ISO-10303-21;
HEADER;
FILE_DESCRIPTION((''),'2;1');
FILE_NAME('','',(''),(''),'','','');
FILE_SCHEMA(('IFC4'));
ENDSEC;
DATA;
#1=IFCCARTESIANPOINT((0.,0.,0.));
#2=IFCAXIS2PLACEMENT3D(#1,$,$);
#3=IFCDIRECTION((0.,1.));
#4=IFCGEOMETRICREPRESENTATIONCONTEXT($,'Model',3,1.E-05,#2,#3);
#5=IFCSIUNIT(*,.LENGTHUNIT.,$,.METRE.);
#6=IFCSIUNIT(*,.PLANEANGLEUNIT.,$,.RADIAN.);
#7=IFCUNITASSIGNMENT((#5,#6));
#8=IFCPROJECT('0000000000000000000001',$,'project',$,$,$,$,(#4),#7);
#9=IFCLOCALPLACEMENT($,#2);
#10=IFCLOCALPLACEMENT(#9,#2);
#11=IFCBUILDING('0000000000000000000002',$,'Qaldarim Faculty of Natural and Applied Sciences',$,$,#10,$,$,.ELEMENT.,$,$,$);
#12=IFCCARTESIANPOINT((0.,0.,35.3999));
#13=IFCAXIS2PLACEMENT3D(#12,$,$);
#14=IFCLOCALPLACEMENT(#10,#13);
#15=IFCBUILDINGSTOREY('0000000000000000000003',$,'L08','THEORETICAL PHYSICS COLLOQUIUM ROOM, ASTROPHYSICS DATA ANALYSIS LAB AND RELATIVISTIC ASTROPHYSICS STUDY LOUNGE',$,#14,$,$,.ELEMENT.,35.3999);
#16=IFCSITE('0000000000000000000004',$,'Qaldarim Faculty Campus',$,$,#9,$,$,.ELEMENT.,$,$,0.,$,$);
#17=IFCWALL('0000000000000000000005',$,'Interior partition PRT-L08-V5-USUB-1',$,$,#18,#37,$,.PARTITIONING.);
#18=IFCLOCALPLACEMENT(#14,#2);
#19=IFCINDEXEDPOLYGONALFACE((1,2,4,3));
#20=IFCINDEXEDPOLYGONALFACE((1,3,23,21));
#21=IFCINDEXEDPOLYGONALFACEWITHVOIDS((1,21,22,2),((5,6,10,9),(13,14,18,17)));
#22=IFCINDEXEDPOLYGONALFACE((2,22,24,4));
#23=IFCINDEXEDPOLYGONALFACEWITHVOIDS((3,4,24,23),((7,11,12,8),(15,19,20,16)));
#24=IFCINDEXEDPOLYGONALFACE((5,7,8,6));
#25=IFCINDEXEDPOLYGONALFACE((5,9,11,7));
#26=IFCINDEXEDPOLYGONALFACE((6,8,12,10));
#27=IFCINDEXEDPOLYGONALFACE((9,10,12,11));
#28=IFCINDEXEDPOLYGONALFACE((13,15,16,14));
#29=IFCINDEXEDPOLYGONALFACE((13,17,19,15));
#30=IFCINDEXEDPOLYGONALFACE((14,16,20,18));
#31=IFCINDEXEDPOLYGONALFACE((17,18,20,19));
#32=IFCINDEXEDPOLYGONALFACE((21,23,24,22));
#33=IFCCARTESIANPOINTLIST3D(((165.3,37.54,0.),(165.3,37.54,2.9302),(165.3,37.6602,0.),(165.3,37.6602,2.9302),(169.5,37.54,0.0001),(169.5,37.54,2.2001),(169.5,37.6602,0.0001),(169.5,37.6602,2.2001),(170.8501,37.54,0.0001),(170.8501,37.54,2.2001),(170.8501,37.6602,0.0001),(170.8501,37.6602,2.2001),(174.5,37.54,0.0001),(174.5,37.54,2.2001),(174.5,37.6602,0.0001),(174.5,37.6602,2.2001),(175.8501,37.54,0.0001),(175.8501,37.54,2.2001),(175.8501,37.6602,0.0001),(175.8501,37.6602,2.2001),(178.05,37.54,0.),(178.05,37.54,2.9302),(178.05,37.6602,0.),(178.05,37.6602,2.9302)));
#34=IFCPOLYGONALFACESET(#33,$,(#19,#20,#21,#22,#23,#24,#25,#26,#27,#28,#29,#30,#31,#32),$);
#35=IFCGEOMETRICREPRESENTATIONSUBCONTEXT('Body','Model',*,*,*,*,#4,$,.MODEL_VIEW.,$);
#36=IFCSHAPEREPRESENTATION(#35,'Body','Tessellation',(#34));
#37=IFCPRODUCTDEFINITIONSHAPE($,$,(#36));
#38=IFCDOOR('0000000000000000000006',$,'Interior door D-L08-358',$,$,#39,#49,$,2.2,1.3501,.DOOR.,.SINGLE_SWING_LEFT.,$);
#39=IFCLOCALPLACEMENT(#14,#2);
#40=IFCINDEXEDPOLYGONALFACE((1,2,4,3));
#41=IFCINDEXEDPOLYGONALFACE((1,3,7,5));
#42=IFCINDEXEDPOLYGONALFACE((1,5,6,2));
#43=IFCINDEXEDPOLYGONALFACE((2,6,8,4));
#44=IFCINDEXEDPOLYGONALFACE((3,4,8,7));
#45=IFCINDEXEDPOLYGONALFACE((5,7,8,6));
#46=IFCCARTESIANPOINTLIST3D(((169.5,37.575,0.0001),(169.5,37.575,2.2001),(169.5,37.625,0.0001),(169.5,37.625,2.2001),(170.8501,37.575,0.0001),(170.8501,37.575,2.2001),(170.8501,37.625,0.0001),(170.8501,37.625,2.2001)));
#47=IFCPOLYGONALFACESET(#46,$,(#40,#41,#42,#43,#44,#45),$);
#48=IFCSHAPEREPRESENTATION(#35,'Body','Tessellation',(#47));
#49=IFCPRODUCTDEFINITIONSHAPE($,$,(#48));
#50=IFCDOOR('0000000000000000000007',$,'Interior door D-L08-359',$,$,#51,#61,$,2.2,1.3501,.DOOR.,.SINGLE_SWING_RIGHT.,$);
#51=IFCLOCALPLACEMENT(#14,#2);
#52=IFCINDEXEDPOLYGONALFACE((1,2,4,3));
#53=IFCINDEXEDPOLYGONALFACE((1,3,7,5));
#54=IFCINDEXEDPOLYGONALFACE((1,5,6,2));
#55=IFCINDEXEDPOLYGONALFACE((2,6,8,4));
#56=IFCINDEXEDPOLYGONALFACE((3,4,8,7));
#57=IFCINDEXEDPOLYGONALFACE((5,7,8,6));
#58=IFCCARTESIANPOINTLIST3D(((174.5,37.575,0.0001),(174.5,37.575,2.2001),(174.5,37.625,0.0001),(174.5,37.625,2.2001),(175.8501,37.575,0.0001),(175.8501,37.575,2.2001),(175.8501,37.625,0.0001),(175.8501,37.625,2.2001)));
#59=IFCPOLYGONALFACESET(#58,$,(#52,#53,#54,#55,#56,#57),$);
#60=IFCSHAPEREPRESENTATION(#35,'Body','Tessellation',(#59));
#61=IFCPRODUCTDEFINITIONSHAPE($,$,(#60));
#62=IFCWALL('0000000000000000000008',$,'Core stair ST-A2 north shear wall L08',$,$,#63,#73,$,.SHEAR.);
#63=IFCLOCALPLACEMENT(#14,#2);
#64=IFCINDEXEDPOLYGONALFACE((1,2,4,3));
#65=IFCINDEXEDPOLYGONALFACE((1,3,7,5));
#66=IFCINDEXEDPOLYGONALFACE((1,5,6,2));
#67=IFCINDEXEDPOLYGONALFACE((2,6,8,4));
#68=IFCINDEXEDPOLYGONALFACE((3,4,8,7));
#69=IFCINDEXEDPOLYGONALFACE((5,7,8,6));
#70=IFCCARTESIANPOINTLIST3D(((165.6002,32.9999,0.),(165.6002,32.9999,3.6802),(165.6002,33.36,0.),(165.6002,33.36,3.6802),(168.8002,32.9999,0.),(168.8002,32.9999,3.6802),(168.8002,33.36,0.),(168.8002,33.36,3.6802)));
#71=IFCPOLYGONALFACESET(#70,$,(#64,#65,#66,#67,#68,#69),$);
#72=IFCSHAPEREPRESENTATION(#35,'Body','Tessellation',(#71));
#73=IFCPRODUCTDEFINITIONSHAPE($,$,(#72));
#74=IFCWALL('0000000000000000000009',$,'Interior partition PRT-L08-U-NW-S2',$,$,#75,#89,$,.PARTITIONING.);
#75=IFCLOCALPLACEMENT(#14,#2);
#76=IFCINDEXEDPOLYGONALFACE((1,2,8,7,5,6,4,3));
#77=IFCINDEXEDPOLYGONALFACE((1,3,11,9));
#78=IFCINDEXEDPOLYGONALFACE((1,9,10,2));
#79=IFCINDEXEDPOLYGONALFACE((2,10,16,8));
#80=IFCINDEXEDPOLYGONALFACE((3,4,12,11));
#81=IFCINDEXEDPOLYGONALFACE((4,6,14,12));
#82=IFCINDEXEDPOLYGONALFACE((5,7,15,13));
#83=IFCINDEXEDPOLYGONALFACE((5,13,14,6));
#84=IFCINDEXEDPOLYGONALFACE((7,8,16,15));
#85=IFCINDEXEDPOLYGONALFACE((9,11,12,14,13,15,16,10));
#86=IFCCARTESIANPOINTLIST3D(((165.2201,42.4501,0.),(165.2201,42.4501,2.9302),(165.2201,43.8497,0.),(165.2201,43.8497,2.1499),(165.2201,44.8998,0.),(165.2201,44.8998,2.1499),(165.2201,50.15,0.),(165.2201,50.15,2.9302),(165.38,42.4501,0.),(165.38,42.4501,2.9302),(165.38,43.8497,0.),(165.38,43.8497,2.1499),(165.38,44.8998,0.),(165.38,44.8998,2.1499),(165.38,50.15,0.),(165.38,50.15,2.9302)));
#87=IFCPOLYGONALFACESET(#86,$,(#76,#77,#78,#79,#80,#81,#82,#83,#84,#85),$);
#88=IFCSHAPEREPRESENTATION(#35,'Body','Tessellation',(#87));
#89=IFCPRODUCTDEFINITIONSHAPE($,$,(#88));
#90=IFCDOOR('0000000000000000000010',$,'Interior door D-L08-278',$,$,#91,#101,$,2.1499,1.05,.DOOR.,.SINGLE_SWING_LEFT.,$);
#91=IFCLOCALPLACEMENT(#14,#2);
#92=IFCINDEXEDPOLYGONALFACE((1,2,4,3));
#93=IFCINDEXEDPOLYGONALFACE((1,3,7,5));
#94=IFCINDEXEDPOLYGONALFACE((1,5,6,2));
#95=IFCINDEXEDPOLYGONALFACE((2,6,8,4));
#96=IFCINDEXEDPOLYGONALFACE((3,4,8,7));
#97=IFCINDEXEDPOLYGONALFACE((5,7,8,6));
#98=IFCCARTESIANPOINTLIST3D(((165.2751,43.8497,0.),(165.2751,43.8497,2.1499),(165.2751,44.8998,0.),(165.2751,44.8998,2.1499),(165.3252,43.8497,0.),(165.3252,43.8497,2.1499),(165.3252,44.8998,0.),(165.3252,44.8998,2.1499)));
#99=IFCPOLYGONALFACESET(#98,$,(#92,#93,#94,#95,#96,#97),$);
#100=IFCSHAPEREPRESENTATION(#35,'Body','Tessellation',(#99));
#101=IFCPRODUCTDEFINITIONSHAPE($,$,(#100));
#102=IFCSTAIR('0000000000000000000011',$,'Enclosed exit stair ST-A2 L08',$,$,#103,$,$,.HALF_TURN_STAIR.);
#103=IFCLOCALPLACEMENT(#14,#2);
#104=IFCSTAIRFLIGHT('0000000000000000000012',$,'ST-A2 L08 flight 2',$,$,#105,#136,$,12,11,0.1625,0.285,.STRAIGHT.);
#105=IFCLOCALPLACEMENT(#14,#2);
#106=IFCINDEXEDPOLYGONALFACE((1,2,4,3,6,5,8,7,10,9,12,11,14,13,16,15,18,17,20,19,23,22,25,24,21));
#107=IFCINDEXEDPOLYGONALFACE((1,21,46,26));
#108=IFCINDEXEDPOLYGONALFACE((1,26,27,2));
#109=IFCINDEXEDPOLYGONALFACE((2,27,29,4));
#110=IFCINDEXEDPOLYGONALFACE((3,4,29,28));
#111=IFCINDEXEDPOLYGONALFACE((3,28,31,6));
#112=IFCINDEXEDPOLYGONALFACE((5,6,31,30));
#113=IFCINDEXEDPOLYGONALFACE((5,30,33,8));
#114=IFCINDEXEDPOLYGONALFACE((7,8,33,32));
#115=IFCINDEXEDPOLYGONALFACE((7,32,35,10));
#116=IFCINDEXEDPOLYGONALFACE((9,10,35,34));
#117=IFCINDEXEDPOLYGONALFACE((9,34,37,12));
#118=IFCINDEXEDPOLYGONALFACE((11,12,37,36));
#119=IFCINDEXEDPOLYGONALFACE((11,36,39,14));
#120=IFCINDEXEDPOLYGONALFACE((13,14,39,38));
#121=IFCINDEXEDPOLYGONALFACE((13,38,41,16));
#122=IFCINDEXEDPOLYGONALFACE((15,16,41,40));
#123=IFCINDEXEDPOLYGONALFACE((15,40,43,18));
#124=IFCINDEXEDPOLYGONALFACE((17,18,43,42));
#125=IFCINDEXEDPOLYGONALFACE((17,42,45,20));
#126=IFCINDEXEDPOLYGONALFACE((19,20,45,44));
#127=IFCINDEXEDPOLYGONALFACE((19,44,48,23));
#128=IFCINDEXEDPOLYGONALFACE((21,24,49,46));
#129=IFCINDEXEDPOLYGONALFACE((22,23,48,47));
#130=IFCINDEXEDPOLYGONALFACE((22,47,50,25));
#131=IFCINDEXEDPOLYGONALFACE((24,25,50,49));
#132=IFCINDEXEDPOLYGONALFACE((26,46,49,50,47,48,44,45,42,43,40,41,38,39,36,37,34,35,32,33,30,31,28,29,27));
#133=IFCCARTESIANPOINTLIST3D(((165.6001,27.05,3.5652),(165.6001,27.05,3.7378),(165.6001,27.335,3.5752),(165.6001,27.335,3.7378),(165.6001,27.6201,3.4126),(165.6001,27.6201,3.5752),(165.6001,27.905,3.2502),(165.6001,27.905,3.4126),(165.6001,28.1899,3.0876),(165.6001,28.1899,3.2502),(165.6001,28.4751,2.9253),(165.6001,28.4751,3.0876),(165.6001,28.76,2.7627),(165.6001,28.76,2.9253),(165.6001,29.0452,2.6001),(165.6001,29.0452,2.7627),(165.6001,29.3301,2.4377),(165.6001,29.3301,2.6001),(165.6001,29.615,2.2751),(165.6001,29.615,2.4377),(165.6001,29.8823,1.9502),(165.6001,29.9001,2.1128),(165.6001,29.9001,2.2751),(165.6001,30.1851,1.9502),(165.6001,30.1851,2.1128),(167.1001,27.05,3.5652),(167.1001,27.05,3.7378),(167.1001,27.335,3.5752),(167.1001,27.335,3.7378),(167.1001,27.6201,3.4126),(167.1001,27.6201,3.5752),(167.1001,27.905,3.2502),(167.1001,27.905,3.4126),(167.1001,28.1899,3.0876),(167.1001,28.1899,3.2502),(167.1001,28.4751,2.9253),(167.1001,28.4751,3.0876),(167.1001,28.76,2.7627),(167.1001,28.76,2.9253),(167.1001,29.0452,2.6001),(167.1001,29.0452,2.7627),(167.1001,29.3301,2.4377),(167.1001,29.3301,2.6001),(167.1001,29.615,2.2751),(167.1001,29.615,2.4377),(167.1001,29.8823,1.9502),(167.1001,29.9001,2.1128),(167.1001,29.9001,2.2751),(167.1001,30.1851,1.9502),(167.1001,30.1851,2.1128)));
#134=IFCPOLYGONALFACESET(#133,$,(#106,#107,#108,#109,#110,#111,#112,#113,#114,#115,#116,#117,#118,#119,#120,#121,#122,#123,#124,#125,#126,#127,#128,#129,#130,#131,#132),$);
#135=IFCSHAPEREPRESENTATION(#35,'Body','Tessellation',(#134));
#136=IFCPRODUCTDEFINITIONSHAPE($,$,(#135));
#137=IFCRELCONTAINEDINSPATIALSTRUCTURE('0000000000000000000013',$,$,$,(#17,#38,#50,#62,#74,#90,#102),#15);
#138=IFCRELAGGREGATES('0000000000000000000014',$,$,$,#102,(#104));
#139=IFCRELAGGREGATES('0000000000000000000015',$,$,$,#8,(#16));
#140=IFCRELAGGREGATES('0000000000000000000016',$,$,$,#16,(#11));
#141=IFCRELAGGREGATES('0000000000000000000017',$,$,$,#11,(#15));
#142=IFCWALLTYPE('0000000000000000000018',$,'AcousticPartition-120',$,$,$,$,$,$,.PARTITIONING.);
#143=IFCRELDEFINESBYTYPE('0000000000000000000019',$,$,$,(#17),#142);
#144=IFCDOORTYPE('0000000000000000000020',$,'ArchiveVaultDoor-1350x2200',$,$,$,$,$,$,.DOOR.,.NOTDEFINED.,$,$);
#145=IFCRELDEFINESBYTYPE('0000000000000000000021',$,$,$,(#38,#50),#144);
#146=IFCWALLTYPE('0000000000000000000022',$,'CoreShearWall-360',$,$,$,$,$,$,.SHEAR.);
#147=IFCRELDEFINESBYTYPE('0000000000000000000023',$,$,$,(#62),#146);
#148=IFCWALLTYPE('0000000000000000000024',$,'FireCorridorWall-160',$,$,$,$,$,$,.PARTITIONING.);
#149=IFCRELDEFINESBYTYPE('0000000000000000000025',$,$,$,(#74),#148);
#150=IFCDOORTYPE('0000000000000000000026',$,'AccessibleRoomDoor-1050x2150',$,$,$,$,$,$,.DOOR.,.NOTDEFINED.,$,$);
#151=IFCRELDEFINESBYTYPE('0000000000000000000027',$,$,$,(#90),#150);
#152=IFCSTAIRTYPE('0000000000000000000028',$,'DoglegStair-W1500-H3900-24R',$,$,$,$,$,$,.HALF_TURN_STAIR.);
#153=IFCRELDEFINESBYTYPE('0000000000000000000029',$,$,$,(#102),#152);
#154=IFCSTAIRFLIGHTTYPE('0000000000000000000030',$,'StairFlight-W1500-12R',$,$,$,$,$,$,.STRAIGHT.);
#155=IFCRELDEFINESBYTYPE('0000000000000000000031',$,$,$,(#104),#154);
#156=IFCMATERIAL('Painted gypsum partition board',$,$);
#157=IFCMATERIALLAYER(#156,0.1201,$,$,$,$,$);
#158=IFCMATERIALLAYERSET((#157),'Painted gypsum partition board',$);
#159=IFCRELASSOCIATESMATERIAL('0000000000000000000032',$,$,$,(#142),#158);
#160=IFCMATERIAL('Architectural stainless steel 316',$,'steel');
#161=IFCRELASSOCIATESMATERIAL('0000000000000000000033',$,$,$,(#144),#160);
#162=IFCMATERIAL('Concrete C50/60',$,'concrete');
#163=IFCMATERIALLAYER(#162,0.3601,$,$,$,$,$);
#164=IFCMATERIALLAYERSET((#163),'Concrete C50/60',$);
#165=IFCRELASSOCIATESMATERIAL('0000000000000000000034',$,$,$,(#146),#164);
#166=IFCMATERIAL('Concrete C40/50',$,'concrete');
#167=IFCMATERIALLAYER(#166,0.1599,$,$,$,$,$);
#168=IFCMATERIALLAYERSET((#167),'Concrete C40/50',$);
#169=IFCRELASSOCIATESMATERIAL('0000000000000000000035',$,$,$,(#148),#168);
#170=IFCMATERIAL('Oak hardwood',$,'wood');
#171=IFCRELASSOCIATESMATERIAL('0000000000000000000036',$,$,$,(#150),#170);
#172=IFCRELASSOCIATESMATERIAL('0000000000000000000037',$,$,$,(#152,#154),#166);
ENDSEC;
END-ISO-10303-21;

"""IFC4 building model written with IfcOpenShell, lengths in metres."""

from ifc_helpers import new_model, si_unit, direction, frame, frame_2d, origin, place, context, subcontext, project, spatial, polyline, rectangle, outline, extrude, material, layer, layer_set, type_object, element, fill, aggregate, save


model = new_model("IFC4")

# Units and contexts
model_context = context("Model", 3, precision=1e-05, world=origin(), true_north=direction((0.0, 1.0)))
body_context = subcontext(model_context, "Body", "Model", "MODEL_VIEW")
ifc_project = project(units=[si_unit("LENGTHUNIT", "METRE"), si_unit("PLANEANGLEUNIT", "RADIAN")], contexts=[model_context])

# Site, building, storey
site_placement = place(None, origin())
site = spatial("IfcSite", under=ifc_project, at=site_placement, Name="Qaldarim Faculty Campus", CompositionType="ELEMENT", RefElevation=0.0)
building_placement = place(site_placement, origin())
building = spatial("IfcBuilding", under=site, at=building_placement, Name="Qaldarim Faculty of Natural and Applied Sciences", CompositionType="ELEMENT")
storey_placement = place(building_placement, frame((0.0, 0.0, 35.3999)))
storey = spatial("IfcBuildingStorey", under=building, at=storey_placement, Name="L08", Description="THEORETICAL PHYSICS COLLOQUIUM ROOM, ASTROPHYSICS DATA ANALYSIS LAB AND RELATIVISTIC ASTROPHYSICS STUDY LOUNGE", CompositionType="ELEMENT", Elevation=35.3999)

# Shared definitions
ifc_material_1 = material(Name="Concrete C50/60", Category="concrete")

# Shared definitions
ifc_material_2 = material(Name="Concrete C40/50", Category="concrete")

# Wall, openings, doors
ifc_material_3 = material(Name="Painted gypsum partition board")
ifc_layer_1 = layer(ifc_material_3, 0.1201)
ifc_layer_set_1 = layer_set([ifc_layer_1], Name="Painted gypsum partition board")
wall_type_1 = type_object("IfcWallType", Name="AcousticPartition-120", PredefinedType="PARTITIONING", material=ifc_layer_set_1)
wall_1_placement = place(storey_placement, frame((165.3, 37.6001, 0.0), z_axis=(0.0, 0.0, 1.0), x_axis=(1.0, 0.0, 0.0)))
wall_1 = element("IfcWall", 1, at=wall_1_placement, inside=storey, type_object=wall_type_1, Name="Interior partition PRT-L08-V5-USUB-1", PredefinedType="PARTITIONING", context=body_context, shape_type="SweptSolid", body=[
    extrude(rectangle(XDim=12.75, YDim=0.1201, at=frame_2d((6.375, 0.0))), origin(), (0.0, 0.0, 1.0), 2.9302),
])
opening_1_placement = place(wall_1_placement, frame((4.2, 0.0, 0.0)))
opening_1 = element("IfcOpeningElement", 2, at=opening_1_placement, cuts=wall_1, PredefinedType="OPENING", context=body_context, shape_type="SweptSolid", body=[
    extrude(rectangle(XDim=1.3501, YDim=2.2, at=frame_2d((0.675, 1.1001))), frame((0.0, 0.0701, 0.0), z_axis=(0.0, -1.0, 0.0), x_axis=(1.0, 0.0, 0.0)), (0.0, 0.0, 1.0), 0.1401),
])
opening_2_placement = place(wall_1_placement, frame((9.2, 0.0, 0.0)))
opening_2 = element("IfcOpeningElement", 3, at=opening_2_placement, cuts=wall_1, PredefinedType="OPENING", context=body_context, shape_type="SweptSolid", body=[
    extrude(rectangle(XDim=1.3501, YDim=2.2, at=frame_2d((0.675, 1.1001))), frame((0.0, 0.0701, 0.0), z_axis=(0.0, -1.0, 0.0), x_axis=(1.0, 0.0, 0.0)), (0.0, 0.0, 1.0), 0.1401),
])
ifc_material_4 = material(Name="Architectural stainless steel 316", Category="steel")
door_type_1 = type_object("IfcDoorType", Name="ArchiveVaultDoor-1350x2200", OperationType="NOTDEFINED", PredefinedType="DOOR", material=ifc_material_4)
door_1_placement = place(opening_1_placement, origin())
door_1 = element("IfcDoor", 4, at=door_1_placement, inside=storey, type_object=door_type_1, Name="Interior door D-L08-358", OperationType="SINGLE_SWING_LEFT", OverallHeight=2.2, OverallWidth=1.3501, PredefinedType="DOOR", context=body_context, shape_type="SweptSolid", body=[
    extrude(rectangle(XDim=1.3501, YDim=2.2, at=frame_2d((0.675, 1.1001))), frame((0.0, 0.0249, 0.0), z_axis=(0.0, -1.0, 0.0), x_axis=(1.0, 0.0, 0.0)), (0.0, 0.0, 1.0), 0.05),
])
fill(opening_1, door_1)
door_2_placement = place(opening_2_placement, origin())
door_2 = element("IfcDoor", 5, at=door_2_placement, inside=storey, type_object=door_type_1, Name="Interior door D-L08-359", OperationType="SINGLE_SWING_RIGHT", OverallHeight=2.2, OverallWidth=1.3501, PredefinedType="DOOR", context=body_context, shape_type="SweptSolid", body=[
    extrude(rectangle(XDim=1.3501, YDim=2.2, at=frame_2d((0.675, 1.1001))), frame((0.0, 0.0249, 0.0), z_axis=(0.0, -1.0, 0.0), x_axis=(1.0, 0.0, 0.0)), (0.0, 0.0, 1.0), 0.05),
])
fill(opening_2, door_2)

# Wall
ifc_layer_2 = layer(ifc_material_1, 0.3601)
ifc_layer_set_2 = layer_set([ifc_layer_2], Name="Concrete C50/60")
wall_type_2 = type_object("IfcWallType", Name="CoreShearWall-360", PredefinedType="SHEAR", material=ifc_layer_set_2)
wall_2_placement = place(storey_placement, frame((165.6001, 33.1799, 0.0), z_axis=(0.0, 0.0, 1.0), x_axis=(1.0, 0.0, 0.0)))
element("IfcWall", 6, at=wall_2_placement, inside=storey, type_object=wall_type_2, Name="Core stair ST-A2 north shear wall L08", PredefinedType="SHEAR", context=body_context, shape_type="SweptSolid", body=[
    extrude(rectangle(XDim=3.2, YDim=0.3601, at=frame_2d((1.6001, 0.0))), origin(), (0.0, 0.0, 1.0), 3.6802),
])

# Shared definitions
ifc_layer_3 = layer(ifc_material_2, 0.1599)
ifc_layer_set_3 = layer_set([ifc_layer_3], Name="Concrete C40/50")
wall_type_3 = type_object("IfcWallType", Name="FireCorridorWall-160", PredefinedType="PARTITIONING", material=ifc_layer_set_3)
ifc_material_5 = material(Name="Oak hardwood", Category="wood")
door_type_2 = type_object("IfcDoorType", Name="AccessibleRoomDoor-1050x2150", OperationType="NOTDEFINED", PredefinedType="DOOR", material=ifc_material_5)

# Wall, opening, door
wall_3_placement = place(storey_placement, frame((165.3, 42.45, 0.0), z_axis=(0.0, 0.0, 1.0), x_axis=(0.0, 1.0, 0.0)))
wall_3 = element("IfcWall", 7, at=wall_3_placement, inside=storey, type_object=wall_type_3, Name="Interior partition PRT-L08-U-NW-S2", PredefinedType="PARTITIONING", context=body_context, shape_type="SweptSolid", body=[
    extrude(rectangle(XDim=7.7, YDim=0.1599, at=frame_2d((3.8501, 0.0))), origin(), (0.0, 0.0, 1.0), 2.9302),
])
opening_3_placement = place(wall_3_placement, frame((1.3999, 0.0, 0.0)))
opening_3 = element("IfcOpeningElement", 8, at=opening_3_placement, cuts=wall_3, PredefinedType="OPENING", context=body_context, shape_type="SweptSolid", body=[
    extrude(rectangle(XDim=1.05, YDim=2.1499, at=frame_2d((0.5249, 1.075))), frame((0.0, 0.0898, 0.0), z_axis=(0.0, -1.0, 0.0), x_axis=(1.0, 0.0, 0.0)), (0.0, 0.0, 1.0), 0.1799),
])
door_3_placement = place(opening_3_placement, origin())
door_3 = element("IfcDoor", 9, at=door_3_placement, inside=storey, type_object=door_type_2, Name="Interior door D-L08-278", OperationType="SINGLE_SWING_LEFT", OverallHeight=2.1499, OverallWidth=1.05, PredefinedType="DOOR", context=body_context, shape_type="SweptSolid", body=[
    extrude(rectangle(XDim=1.05, YDim=2.1499, at=frame_2d((0.5249, 1.075))), frame((0.0, 0.0249, 0.0), z_axis=(0.0, -1.0, 0.0), x_axis=(1.0, 0.0, 0.0)), (0.0, 0.0, 1.0), 0.05),
])
fill(opening_3, door_3)

# Stair, stair flight
stair_type = type_object("IfcStairType", Name="DoglegStair-W1500-H3900-24R", PredefinedType="HALF_TURN_STAIR", material=ifc_material_2)
stair_placement = place(storey_placement, origin())
stair = element("IfcStair", 10, at=stair_placement, inside=storey, type_object=stair_type, Name="Enclosed exit stair ST-A2 L08", PredefinedType="HALF_TURN_STAIR")
stair_flight_type = type_object("IfcStairFlightType", Name="StairFlight-W1500-12R", PredefinedType="STRAIGHT", material=ifc_material_2)
stair_flight_placement = place(storey_placement, frame((166.3501, 30.1851, 1.9502), z_axis=(0.0, 0.0, 1.0), x_axis=(0.0, -1.0, 0.0)))
stair_flight = element("IfcStairFlight", 11, at=stair_flight_placement, type_object=stair_flight_type, Name="ST-A2 L08 flight 2", NumberOfRisers=12, NumberOfTreads=11, PredefinedType="STRAIGHT", RiserHeight=0.1625, TreadLength=0.285, context=body_context, shape_type="SweptSolid", body=[
    extrude(outline(polyline([(0.0, 0.0), (0.0, 0.1626), (0.2849, 0.1626), (0.2849, 0.325), (0.5701, 0.325), (0.5701, 0.4875), (0.855, 0.4875), (0.855, 0.6499), (1.1399, 0.6499), (1.1399, 0.8125), (1.425, 0.8125), (1.425, 0.9751), (1.71, 0.9751), (1.71, 1.1375), (1.9951, 1.1375), (1.9951, 1.3), (2.28, 1.3), (2.28, 1.4624), (2.5649, 1.4624), (2.5649, 1.625), (2.8501, 1.625), (2.8501, 1.7876), (3.135, 1.7876), (3.135, 1.95), (3.135, 1.615), (0.3027, 0.0), (0.0, 0.0)])), frame((0.0, 0.75, 0.0), z_axis=(0.0, -1.0, 0.0), x_axis=(1.0, 0.0, 0.0)), (0.0, 0.0, 1.0), 1.5),
])
aggregate(stair, [stair_flight])

save(model, "model.ifc")
